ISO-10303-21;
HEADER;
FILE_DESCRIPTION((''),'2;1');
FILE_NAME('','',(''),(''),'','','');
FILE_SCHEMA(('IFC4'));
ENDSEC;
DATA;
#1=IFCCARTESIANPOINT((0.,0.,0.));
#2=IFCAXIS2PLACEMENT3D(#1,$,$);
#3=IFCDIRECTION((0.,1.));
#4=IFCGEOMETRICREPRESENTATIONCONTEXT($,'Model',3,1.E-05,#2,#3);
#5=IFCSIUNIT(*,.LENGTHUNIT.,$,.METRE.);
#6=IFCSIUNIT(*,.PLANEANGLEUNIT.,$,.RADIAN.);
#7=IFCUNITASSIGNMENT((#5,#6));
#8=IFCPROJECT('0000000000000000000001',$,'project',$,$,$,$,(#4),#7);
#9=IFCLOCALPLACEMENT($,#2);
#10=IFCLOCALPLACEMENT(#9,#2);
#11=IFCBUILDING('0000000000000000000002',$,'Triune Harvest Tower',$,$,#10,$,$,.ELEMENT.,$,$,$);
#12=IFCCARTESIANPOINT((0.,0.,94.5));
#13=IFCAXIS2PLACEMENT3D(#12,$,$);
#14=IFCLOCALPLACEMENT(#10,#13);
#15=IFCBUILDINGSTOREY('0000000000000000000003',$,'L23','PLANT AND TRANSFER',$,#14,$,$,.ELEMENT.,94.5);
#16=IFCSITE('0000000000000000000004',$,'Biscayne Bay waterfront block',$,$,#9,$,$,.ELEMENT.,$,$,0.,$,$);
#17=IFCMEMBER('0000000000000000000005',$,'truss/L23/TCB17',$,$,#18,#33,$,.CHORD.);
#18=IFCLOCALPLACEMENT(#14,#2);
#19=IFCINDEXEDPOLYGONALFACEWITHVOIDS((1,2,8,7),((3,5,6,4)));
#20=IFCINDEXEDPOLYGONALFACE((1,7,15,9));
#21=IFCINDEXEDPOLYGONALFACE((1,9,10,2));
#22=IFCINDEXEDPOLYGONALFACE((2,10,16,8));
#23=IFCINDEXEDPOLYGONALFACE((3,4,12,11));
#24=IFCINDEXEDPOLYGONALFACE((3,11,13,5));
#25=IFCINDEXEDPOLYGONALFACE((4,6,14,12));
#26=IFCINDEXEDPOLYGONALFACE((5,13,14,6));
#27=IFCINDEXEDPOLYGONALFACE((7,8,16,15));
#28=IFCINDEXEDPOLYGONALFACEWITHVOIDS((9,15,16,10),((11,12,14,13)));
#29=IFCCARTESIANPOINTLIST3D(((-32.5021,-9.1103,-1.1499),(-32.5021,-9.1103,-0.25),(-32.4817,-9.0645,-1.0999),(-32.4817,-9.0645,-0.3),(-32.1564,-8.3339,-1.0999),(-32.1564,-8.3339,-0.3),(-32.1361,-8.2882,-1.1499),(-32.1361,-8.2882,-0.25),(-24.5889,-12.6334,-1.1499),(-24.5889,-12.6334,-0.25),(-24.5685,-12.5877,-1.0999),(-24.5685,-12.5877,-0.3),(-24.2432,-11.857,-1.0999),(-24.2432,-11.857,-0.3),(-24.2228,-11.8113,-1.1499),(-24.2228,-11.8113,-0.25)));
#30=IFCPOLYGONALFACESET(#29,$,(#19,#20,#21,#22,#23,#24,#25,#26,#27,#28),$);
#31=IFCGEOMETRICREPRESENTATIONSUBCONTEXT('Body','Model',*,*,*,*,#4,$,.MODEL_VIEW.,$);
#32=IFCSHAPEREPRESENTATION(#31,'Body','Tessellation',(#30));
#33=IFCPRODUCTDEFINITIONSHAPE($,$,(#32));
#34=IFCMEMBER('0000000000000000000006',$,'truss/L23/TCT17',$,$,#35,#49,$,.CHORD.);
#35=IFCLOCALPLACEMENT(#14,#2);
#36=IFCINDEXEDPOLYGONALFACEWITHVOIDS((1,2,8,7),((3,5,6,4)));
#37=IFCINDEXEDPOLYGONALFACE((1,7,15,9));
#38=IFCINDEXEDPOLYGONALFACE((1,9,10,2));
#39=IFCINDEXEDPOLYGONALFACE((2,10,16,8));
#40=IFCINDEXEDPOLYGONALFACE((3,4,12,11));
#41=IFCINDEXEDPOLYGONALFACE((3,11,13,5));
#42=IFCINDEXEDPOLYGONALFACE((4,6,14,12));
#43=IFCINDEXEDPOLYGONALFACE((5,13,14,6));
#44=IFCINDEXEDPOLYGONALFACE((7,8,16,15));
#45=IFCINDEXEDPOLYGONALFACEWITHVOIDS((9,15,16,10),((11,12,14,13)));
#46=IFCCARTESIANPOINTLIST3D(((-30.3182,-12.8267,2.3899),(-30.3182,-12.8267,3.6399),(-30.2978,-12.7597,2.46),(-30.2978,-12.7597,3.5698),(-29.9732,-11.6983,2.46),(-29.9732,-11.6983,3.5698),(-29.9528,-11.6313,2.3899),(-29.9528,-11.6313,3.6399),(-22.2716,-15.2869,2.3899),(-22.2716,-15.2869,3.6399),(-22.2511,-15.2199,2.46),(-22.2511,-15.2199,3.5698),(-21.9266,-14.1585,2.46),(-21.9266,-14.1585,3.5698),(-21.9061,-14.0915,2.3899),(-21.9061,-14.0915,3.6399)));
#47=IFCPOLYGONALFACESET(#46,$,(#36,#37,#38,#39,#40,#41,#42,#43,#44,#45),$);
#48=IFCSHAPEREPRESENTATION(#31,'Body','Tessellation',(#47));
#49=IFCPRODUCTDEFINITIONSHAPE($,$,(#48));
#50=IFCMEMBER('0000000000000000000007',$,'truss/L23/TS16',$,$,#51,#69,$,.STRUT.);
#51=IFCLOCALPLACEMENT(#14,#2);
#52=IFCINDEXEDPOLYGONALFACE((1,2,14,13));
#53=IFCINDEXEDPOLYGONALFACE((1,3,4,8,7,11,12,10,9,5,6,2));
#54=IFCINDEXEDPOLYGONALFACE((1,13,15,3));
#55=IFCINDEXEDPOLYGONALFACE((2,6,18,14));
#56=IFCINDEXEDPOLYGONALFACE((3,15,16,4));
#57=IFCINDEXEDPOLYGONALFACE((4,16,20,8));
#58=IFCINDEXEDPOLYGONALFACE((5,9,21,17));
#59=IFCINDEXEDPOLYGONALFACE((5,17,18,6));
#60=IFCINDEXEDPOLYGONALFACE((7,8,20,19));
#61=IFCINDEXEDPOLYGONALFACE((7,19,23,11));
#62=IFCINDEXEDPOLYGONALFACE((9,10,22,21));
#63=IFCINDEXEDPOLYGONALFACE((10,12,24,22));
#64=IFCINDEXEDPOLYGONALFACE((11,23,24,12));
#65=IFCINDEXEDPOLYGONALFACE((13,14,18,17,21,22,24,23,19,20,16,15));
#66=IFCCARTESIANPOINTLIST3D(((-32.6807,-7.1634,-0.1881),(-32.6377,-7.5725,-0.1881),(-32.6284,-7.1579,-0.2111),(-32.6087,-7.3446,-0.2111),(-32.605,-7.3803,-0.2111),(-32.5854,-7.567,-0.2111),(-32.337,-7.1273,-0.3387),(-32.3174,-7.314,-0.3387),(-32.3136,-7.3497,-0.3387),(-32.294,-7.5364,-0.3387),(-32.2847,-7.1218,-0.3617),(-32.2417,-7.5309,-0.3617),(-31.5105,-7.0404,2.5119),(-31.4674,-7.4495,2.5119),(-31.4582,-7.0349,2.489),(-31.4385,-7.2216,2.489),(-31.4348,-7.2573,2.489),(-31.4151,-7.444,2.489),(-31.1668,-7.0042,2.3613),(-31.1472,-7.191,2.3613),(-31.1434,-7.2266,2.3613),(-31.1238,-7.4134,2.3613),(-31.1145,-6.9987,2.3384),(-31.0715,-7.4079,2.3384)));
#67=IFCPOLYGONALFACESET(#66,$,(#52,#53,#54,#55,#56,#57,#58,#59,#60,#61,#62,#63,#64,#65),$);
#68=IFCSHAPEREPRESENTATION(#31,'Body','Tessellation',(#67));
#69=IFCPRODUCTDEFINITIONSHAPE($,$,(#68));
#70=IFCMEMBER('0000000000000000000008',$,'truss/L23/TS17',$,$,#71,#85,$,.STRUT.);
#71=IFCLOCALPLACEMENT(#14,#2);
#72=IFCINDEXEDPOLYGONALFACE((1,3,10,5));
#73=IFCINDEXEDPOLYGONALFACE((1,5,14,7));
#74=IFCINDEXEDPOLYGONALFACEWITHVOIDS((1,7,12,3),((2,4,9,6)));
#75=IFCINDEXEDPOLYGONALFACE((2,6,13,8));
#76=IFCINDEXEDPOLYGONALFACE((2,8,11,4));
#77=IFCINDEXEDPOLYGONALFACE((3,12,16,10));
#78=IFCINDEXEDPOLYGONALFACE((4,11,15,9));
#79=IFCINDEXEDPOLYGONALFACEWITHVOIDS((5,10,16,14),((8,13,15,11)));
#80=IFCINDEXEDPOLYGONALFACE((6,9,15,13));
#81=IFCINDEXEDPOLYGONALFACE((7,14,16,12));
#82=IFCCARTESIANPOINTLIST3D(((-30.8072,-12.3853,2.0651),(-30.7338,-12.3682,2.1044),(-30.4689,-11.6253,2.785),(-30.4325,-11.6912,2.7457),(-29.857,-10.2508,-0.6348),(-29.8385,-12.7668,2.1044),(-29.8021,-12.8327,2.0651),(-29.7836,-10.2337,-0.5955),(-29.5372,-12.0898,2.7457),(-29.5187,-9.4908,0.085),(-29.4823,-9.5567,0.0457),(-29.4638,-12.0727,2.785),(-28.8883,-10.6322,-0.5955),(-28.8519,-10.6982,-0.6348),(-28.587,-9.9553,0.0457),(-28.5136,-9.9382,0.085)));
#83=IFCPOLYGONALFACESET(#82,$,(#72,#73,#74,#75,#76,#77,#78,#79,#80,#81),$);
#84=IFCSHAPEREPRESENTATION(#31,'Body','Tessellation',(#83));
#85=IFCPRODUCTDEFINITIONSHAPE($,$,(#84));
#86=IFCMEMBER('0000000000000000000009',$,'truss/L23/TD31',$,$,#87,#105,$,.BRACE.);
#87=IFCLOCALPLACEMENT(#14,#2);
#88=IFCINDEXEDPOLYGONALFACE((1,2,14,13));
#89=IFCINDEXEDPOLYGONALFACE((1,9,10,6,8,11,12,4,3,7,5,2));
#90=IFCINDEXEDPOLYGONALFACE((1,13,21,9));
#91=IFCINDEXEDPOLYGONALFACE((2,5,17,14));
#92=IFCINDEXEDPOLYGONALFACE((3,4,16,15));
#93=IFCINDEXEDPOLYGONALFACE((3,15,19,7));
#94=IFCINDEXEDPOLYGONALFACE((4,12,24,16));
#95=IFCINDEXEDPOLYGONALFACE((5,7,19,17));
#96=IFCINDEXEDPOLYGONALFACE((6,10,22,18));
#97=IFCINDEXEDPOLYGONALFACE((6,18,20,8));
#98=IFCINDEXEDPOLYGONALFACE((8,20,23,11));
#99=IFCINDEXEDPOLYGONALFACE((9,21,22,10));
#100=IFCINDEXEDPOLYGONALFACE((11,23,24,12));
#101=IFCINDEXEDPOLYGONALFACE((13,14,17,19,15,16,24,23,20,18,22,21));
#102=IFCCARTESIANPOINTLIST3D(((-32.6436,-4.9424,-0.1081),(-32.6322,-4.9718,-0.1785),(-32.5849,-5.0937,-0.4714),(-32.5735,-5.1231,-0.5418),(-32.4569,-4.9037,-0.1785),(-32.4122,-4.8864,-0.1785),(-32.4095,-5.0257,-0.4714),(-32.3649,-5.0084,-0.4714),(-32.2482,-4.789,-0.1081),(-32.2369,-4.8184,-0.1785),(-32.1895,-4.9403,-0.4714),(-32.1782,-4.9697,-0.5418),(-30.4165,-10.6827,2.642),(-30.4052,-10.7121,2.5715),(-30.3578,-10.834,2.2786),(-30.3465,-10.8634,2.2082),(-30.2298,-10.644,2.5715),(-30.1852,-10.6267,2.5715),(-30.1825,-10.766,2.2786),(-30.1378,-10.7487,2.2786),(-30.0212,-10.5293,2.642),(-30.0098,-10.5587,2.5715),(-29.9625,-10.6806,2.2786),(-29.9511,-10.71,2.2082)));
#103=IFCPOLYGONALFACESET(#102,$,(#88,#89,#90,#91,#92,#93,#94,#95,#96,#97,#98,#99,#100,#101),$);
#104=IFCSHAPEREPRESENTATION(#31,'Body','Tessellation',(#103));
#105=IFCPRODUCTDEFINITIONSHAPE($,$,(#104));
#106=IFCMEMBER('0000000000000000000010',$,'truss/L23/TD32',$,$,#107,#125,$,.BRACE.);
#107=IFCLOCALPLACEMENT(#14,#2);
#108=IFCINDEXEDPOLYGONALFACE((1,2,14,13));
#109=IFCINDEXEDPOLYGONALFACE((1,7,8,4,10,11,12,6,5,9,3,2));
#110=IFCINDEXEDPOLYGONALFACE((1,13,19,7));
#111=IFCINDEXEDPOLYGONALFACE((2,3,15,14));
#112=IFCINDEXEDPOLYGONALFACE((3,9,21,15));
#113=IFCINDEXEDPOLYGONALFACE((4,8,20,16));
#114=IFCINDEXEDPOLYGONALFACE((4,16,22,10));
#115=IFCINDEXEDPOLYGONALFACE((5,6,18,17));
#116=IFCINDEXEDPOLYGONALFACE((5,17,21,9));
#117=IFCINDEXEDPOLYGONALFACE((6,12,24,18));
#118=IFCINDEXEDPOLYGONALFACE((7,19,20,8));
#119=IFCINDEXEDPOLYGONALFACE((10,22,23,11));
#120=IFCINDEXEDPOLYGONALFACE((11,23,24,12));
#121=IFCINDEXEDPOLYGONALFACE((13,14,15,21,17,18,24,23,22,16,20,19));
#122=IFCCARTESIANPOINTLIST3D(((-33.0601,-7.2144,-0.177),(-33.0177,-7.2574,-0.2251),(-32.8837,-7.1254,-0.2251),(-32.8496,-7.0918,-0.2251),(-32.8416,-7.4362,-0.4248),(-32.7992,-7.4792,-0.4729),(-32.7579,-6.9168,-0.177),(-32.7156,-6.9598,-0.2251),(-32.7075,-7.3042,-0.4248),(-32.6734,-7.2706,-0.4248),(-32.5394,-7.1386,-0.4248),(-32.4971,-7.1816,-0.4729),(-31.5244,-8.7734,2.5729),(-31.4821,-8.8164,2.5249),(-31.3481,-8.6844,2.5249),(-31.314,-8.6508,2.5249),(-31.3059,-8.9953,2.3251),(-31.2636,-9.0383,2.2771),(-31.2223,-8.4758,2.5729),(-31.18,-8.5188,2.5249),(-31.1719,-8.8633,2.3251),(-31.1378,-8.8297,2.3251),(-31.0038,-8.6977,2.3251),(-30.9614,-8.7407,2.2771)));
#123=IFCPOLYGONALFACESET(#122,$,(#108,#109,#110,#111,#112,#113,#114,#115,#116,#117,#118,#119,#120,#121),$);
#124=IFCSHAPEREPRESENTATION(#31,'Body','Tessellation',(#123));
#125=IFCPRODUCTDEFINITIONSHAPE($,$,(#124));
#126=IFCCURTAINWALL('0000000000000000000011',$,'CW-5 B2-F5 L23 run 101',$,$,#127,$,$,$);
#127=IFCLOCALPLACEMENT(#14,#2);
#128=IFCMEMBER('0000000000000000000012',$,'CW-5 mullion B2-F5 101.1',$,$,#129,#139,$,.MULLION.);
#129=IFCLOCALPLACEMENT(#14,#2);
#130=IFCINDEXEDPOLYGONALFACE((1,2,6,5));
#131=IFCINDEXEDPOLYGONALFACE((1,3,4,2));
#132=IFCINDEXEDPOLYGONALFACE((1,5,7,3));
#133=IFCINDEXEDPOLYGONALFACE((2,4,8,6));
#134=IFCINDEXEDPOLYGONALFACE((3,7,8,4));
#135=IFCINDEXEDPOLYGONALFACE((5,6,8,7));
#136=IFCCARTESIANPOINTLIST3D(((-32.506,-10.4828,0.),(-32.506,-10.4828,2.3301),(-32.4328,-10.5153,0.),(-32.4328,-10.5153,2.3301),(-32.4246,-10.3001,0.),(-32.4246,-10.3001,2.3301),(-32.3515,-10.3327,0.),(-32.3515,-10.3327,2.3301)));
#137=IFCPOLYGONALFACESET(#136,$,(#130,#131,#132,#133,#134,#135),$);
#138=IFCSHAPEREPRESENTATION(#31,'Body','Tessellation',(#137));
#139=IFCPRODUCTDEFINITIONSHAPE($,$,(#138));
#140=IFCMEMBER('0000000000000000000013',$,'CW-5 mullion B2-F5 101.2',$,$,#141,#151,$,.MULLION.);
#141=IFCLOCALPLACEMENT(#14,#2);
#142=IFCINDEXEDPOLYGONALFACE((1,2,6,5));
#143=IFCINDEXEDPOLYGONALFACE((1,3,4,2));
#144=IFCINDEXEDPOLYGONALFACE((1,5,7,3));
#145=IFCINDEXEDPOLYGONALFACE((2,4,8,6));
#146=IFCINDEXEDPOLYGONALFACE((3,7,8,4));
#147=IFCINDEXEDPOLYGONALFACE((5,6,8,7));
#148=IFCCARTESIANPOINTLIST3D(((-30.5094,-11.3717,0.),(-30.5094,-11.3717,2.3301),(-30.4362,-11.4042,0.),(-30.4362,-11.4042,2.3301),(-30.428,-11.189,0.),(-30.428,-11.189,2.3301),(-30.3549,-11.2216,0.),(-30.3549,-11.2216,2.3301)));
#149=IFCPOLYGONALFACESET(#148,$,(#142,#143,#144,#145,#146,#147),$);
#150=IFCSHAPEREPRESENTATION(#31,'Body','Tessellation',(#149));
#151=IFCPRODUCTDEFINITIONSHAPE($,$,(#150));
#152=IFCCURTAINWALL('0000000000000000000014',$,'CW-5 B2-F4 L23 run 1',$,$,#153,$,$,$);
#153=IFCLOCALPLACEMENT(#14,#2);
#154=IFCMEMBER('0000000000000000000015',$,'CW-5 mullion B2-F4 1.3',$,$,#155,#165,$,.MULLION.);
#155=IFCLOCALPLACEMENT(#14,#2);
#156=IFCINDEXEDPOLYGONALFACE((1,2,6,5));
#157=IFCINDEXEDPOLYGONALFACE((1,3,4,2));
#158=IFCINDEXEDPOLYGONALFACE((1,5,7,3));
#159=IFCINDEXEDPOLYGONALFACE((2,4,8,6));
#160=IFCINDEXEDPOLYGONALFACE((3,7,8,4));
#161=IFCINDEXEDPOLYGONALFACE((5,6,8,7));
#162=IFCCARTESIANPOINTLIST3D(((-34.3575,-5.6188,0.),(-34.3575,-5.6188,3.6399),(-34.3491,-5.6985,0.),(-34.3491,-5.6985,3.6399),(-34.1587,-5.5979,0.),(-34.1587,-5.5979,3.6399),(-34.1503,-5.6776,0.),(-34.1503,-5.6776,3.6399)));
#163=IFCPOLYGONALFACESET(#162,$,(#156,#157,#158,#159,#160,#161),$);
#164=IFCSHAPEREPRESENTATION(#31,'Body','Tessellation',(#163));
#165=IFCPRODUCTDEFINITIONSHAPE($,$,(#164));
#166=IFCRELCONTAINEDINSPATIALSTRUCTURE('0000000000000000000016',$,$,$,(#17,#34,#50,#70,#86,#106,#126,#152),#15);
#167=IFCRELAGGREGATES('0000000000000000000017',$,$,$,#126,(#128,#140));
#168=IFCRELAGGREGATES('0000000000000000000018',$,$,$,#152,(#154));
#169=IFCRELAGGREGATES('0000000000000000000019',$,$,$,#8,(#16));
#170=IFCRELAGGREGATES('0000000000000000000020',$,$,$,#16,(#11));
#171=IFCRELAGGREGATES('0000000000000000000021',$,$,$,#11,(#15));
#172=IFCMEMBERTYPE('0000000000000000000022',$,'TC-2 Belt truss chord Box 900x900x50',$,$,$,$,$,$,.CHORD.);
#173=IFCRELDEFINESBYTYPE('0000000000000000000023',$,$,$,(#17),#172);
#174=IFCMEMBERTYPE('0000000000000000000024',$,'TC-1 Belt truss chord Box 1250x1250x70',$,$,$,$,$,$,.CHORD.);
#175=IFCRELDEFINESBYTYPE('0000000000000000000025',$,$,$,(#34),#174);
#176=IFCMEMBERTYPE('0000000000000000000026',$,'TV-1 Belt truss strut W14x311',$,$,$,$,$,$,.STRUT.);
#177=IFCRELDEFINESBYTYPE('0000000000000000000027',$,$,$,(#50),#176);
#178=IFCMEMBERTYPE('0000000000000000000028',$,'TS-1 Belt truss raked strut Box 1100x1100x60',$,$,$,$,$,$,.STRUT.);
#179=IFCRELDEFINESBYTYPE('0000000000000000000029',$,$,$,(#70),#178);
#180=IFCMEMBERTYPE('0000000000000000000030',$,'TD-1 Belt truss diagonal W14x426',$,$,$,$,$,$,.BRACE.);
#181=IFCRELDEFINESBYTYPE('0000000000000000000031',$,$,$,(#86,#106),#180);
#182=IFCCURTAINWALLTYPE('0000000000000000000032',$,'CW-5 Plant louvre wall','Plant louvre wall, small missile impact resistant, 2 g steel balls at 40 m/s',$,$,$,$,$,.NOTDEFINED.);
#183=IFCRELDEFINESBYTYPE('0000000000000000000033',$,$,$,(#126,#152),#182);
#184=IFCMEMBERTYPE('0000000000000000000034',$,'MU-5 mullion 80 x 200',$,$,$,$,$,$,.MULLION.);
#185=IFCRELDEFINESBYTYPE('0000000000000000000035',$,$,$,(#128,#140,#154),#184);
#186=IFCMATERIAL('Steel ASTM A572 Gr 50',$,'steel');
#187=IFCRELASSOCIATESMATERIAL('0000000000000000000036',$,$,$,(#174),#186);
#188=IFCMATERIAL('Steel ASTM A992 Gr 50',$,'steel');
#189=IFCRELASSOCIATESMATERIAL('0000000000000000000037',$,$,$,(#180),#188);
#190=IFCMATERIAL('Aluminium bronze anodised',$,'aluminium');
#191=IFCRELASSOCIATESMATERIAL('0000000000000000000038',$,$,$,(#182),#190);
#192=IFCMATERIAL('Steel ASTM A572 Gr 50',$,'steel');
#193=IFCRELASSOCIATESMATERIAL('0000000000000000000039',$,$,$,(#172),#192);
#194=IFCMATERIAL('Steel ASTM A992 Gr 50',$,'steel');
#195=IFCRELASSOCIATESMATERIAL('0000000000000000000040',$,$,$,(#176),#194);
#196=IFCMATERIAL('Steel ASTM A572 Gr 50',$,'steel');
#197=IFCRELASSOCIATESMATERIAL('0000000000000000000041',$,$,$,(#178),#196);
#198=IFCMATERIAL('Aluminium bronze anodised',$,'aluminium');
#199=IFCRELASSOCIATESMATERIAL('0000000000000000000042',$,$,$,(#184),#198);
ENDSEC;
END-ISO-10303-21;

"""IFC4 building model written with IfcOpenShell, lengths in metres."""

from ifc_helpers import new_model, si_unit, direction, frame, origin, origin_2d, place, context, subcontext, project, spatial, rectangle, hollow_rectangle, i_section, extrude, source, transform, mapped, material, material_profile, profile_set, type_object, element, aggregate, save


model = new_model("IFC4")

# Units and contexts
model_context = context("Model", 3, precision=1e-05, world=origin(), true_north=direction((0.0, 1.0)))
body_context = subcontext(model_context, "Body", "Model", "MODEL_VIEW")
ifc_project = project(units=[si_unit("LENGTHUNIT", "METRE"), si_unit("PLANEANGLEUNIT", "RADIAN")], contexts=[model_context])

# Site, building, storey
site_placement = place(None, origin())
site = spatial("IfcSite", under=ifc_project, at=site_placement, Name="Biscayne Bay waterfront block", CompositionType="ELEMENT", RefElevation=0.0)
building_placement = place(site_placement, origin())
building = spatial("IfcBuilding", under=site, at=building_placement, Name="Triune Harvest Tower", CompositionType="ELEMENT")
storey_placement = place(building_placement, frame((0.0, 0.0, 94.5)))
storey = spatial("IfcBuildingStorey", under=building, at=storey_placement, Name="L23", Description="PLANT AND TRANSFER", CompositionType="ELEMENT", Elevation=94.5)

# Shared definitions
ifc_material_1 = material(Name="Steel ASTM A572 Gr 50", Category="steel")
ifc_material_profile_1 = material_profile(ifc_material_1, hollow_rectangle(XDim=1.25, YDim=1.25, WallThickness=0.0701, at=origin_2d()), Name="Box 1250x1250x70")
ifc_profile_set_1 = profile_set([ifc_material_profile_1], Name="Steel ASTM A572 Gr 50")
member_type_1 = type_object("IfcMemberType", Name="TC-1 Belt truss chord Box 1250x1250x70", PredefinedType="CHORD", material=ifc_profile_set_1)
ifc_material_2 = material(Name="Steel ASTM A992 Gr 50", Category="steel")
ifc_material_profile_2 = material_profile(ifc_material_2, i_section(OverallWidth=0.4241, OverallDepth=0.4751, WebThickness=0.0479, FlangeThickness=0.0771, at=origin_2d()), Name="W14x426")
ifc_profile_set_2 = profile_set([ifc_material_profile_2], Name="Steel ASTM A992 Gr 50")
member_type_2 = type_object("IfcMemberType", Name="TD-1 Belt truss diagonal W14x426", PredefinedType="BRACE", material=ifc_profile_set_2)

# Shared definitions
ifc_material_3 = material(Name="Aluminium bronze anodised", Category="aluminium")
curtain_wall_type = type_object("IfcCurtainWallType", Name="CW-5 Plant louvre wall", Description="Plant louvre wall, small missile impact resistant, 2 g steel balls at 40 m/s", PredefinedType="NOTDEFINED", material=ifc_material_3)

# Members
ifc_material_4 = material(Name="Steel ASTM A572 Gr 50", Category="steel")
ifc_material_profile_3 = material_profile(ifc_material_4, hollow_rectangle(XDim=0.8999, YDim=0.8999, WallThickness=0.05, at=origin_2d()), Name="Box 900x900x50")
ifc_profile_set_3 = profile_set([ifc_material_profile_3], Name="Steel ASTM A572 Gr 50")
member_type_3 = type_object("IfcMemberType", Name="TC-2 Belt truss chord Box 900x900x50", PredefinedType="CHORD", material=ifc_profile_set_3)
shared_shape_1 = source(origin(), body_context, "Body", "SweptSolid", [
    extrude(hollow_rectangle(XDim=0.8999, YDim=0.8999, WallThickness=0.05, at=origin_2d()), origin(), (0.0, 0.0, 1.0), 8.6621),
])
member_1_placement = place(storey_placement, frame((-32.3191, -8.6992, -0.7), z_axis=(0.913548, -0.406732, 0.0), x_axis=(0.406732, 0.913548, 0.0)))
element("IfcMember", 1, at=member_1_placement, inside=storey, type_object=member_type_3, Name="truss/L23/TCB17", PredefinedType="CHORD", context=body_context, shape_type="MappedRepresentation", body=[
    mapped(shared_shape_1, transform((0.0, 0.0, 0.0), scale=1.0)),
])
shared_shape_2 = source(origin(), body_context, "Body", "SweptSolid", [
    extrude(hollow_rectangle(XDim=1.25, YDim=1.25, WallThickness=0.0701, at=origin_2d()), origin(), (0.0, 0.0, 1.0), 8.4143),
])
member_2_placement = place(storey_placement, frame((-30.1355, -12.229, 3.0149), z_axis=(0.956301, -0.292383, 0.0), x_axis=(0.292383, 0.956301, 0.0)))
element("IfcMember", 2, at=member_2_placement, inside=storey, type_object=member_type_1, Name="truss/L23/TCT17", PredefinedType="CHORD", context=body_context, shape_type="MappedRepresentation", body=[
    mapped(shared_shape_2, transform((0.0, 0.0, 0.0), scale=1.0)),
])
ifc_material_5 = material(Name="Steel ASTM A992 Gr 50", Category="steel")
ifc_material_profile_4 = material_profile(ifc_material_5, i_section(OverallWidth=0.4114, OverallDepth=0.4343, WebThickness=0.0359, FlangeThickness=0.0574, at=origin_2d()), Name="W14x311")
ifc_profile_set_4 = profile_set([ifc_material_profile_4], Name="Steel ASTM A992 Gr 50")
member_type_4 = type_object("IfcMemberType", Name="TV-1 Belt truss strut W14x311", PredefinedType="STRUT", material=ifc_profile_set_4)
shared_shape_3 = source(origin(), body_context, "Body", "SweptSolid", [
    extrude(i_section(OverallWidth=0.4114, OverallDepth=0.4343, WebThickness=0.0359, FlangeThickness=0.0574, at=origin_2d()), origin(), (0.0, 0.0, 1.0), 2.9453),
])
member_3_placement = place(storey_placement, frame((-32.4612, -7.3472, -0.2749), z_axis=(0.397314, 0.041779, 0.916731), x_axis=(-0.104577, 0.994517, 0.0)))
element("IfcMember", 3, at=member_3_placement, inside=storey, type_object=member_type_4, Name="truss/L23/TS16", PredefinedType="STRUT", context=body_context, shape_type="MappedRepresentation", body=[
    mapped(shared_shape_3, transform((0.0, 0.0, 0.0), scale=1.0)),
])
ifc_material_6 = material(Name="Steel ASTM A572 Gr 50", Category="steel")
ifc_material_profile_5 = material_profile(ifc_material_6, hollow_rectangle(XDim=1.1001, YDim=1.1001, WallThickness=0.0601, at=origin_2d()), Name="Box 1100x1100x60")
ifc_profile_set_5 = profile_set([ifc_material_profile_5], Name="Steel ASTM A572 Gr 50")
member_type_5 = type_object("IfcMemberType", Name="TS-1 Belt truss raked strut Box 1100x1100x60", PredefinedType="STRUT", material=ifc_profile_set_5)
shared_shape_4 = source(origin(), body_context, "Body", "SweptSolid", [
    extrude(hollow_rectangle(XDim=1.1001, YDim=1.1001, WallThickness=0.0601, at=origin_2d()), origin(), (0.0, 0.0, 1.0), 3.5706),
])
member_4_placement = place(storey_placement, frame((-29.1853, -10.0945, -0.2749), z_axis=(-0.266121, -0.597814, 0.756173), x_axis=(0.91357, -0.406681, 0.0)))
element("IfcMember", 4, at=member_4_placement, inside=storey, type_object=member_type_5, Name="truss/L23/TS17", PredefinedType="STRUT", context=body_context, shape_type="MappedRepresentation", body=[
    mapped(shared_shape_4, transform((0.0, 0.0, 0.0), scale=1.0)),
])
shared_shape_5 = source(origin(), body_context, "Body", "SweptSolid", [
    extrude(i_section(OverallWidth=0.4241, OverallDepth=0.4751, WebThickness=0.0479, FlangeThickness=0.0771, at=origin_2d()), origin(), (0.0, 0.0, 1.0), 6.7434),
])
member_5_placement = place(storey_placement, frame((-32.4109, -4.9561, -0.325), z_axis=(0.33026, -0.851246, 0.40781), x_axis=(0.932293, 0.361704, 0.0)))
element("IfcMember", 5, at=member_5_placement, inside=storey, type_object=member_type_2, Name="truss/L23/TD31", PredefinedType="BRACE", context=body_context, shape_type="MappedRepresentation", body=[
    mapped(shared_shape_5, transform((0.0, 0.0, 0.0), scale=1.0)),
])
shared_shape_6 = source(origin(), body_context, "Body", "SweptSolid", [
    extrude(i_section(OverallWidth=0.4241, OverallDepth=0.4751, WebThickness=0.0479, FlangeThickness=0.0771, at=origin_2d()), origin(), (0.0, 0.0, 1.0), 3.5144),
])
member_6_placement = place(storey_placement, frame((-32.7786, -7.198, -0.325), z_axis=(0.43695, -0.443619, 0.782481), x_axis=(0.712442, 0.701731, 0.0)))
element("IfcMember", 6, at=member_6_placement, inside=storey, type_object=member_type_2, Name="truss/L23/TD32", PredefinedType="BRACE", context=body_context, shape_type="MappedRepresentation", body=[
    mapped(shared_shape_6, transform((0.0, 0.0, 0.0), scale=1.0)),
])

# Curtain walls, members
curtain_wall_1_placement = place(storey_placement, origin())
curtain_wall_1 = element("IfcCurtainWall", 7, at=curtain_wall_1_placement, inside=storey, type_object=curtain_wall_type, Name="CW-5 B2-F5 L23 run 101")
ifc_material_7 = material(Name="Aluminium bronze anodised", Category="aluminium")
ifc_material_profile_6 = material_profile(ifc_material_7, rectangle(XDim=0.2, YDim=0.0801, at=origin_2d()), Name="MU-5 mullion 80 x 200")
ifc_profile_set_6 = profile_set([ifc_material_profile_6], Name="Aluminium bronze anodised")
member_type_6 = type_object("IfcMemberType", Name="MU-5 mullion 80 x 200", PredefinedType="MULLION", material=ifc_profile_set_6)
shared_shape_7 = source(origin(), body_context, "Body", "SweptSolid", [
    extrude(rectangle(XDim=0.2, YDim=0.0801, at=origin_2d()), origin(), (0.0, 0.0, 1.0), 2.3301),
])
member_7_placement = place(storey_placement, frame((-32.4287, -10.4077, 0.0), z_axis=(0.0, 0.0, 1.0), x_axis=(0.40674, 0.913544, 0.0)))
member_7 = element("IfcMember", 8, at=member_7_placement, type_object=member_type_6, Name="CW-5 mullion B2-F5 101.1", PredefinedType="MULLION", context=body_context, shape_type="MappedRepresentation", body=[
    mapped(shared_shape_7, transform((0.0, 0.0, 0.0), scale=1.0)),
])
member_8_placement = place(storey_placement, frame((-30.4321, -11.2966, 0.0), z_axis=(0.0, 0.0, 1.0), x_axis=(0.40674, 0.913544, 0.0)))
member_8 = element("IfcMember", 9, at=member_8_placement, type_object=member_type_6, Name="CW-5 mullion B2-F5 101.2", PredefinedType="MULLION", context=body_context, shape_type="MappedRepresentation", body=[
    mapped(shared_shape_7, transform((0.0, 0.0, 0.0), scale=1.0)),
])
curtain_wall_2_placement = place(storey_placement, origin())
curtain_wall_2 = element("IfcCurtainWall", 10, at=curtain_wall_2_placement, inside=storey, type_object=curtain_wall_type, Name="CW-5 B2-F4 L23 run 1")
shared_shape_8 = source(origin(), body_context, "Body", "SweptSolid", [
    extrude(rectangle(XDim=0.2, YDim=0.0801, at=origin_2d()), origin(), (0.0, 0.0, 1.0), 3.6399),
])
member_9_placement = place(storey_placement, frame((-34.2539, -5.6482, 0.0), z_axis=(0.0, 0.0, 1.0), x_axis=(0.994522, 0.104529, 0.0)))
member_9 = element("IfcMember", 11, at=member_9_placement, type_object=member_type_6, Name="CW-5 mullion B2-F4 1.3", PredefinedType="MULLION", context=body_context, shape_type="MappedRepresentation", body=[
    mapped(shared_shape_8, transform((0.0, 0.0, 0.0), scale=1.0)),
])

aggregate(curtain_wall_1, [member_7, member_8])
aggregate(curtain_wall_2, [member_9])

save(model, "model.ifc")
